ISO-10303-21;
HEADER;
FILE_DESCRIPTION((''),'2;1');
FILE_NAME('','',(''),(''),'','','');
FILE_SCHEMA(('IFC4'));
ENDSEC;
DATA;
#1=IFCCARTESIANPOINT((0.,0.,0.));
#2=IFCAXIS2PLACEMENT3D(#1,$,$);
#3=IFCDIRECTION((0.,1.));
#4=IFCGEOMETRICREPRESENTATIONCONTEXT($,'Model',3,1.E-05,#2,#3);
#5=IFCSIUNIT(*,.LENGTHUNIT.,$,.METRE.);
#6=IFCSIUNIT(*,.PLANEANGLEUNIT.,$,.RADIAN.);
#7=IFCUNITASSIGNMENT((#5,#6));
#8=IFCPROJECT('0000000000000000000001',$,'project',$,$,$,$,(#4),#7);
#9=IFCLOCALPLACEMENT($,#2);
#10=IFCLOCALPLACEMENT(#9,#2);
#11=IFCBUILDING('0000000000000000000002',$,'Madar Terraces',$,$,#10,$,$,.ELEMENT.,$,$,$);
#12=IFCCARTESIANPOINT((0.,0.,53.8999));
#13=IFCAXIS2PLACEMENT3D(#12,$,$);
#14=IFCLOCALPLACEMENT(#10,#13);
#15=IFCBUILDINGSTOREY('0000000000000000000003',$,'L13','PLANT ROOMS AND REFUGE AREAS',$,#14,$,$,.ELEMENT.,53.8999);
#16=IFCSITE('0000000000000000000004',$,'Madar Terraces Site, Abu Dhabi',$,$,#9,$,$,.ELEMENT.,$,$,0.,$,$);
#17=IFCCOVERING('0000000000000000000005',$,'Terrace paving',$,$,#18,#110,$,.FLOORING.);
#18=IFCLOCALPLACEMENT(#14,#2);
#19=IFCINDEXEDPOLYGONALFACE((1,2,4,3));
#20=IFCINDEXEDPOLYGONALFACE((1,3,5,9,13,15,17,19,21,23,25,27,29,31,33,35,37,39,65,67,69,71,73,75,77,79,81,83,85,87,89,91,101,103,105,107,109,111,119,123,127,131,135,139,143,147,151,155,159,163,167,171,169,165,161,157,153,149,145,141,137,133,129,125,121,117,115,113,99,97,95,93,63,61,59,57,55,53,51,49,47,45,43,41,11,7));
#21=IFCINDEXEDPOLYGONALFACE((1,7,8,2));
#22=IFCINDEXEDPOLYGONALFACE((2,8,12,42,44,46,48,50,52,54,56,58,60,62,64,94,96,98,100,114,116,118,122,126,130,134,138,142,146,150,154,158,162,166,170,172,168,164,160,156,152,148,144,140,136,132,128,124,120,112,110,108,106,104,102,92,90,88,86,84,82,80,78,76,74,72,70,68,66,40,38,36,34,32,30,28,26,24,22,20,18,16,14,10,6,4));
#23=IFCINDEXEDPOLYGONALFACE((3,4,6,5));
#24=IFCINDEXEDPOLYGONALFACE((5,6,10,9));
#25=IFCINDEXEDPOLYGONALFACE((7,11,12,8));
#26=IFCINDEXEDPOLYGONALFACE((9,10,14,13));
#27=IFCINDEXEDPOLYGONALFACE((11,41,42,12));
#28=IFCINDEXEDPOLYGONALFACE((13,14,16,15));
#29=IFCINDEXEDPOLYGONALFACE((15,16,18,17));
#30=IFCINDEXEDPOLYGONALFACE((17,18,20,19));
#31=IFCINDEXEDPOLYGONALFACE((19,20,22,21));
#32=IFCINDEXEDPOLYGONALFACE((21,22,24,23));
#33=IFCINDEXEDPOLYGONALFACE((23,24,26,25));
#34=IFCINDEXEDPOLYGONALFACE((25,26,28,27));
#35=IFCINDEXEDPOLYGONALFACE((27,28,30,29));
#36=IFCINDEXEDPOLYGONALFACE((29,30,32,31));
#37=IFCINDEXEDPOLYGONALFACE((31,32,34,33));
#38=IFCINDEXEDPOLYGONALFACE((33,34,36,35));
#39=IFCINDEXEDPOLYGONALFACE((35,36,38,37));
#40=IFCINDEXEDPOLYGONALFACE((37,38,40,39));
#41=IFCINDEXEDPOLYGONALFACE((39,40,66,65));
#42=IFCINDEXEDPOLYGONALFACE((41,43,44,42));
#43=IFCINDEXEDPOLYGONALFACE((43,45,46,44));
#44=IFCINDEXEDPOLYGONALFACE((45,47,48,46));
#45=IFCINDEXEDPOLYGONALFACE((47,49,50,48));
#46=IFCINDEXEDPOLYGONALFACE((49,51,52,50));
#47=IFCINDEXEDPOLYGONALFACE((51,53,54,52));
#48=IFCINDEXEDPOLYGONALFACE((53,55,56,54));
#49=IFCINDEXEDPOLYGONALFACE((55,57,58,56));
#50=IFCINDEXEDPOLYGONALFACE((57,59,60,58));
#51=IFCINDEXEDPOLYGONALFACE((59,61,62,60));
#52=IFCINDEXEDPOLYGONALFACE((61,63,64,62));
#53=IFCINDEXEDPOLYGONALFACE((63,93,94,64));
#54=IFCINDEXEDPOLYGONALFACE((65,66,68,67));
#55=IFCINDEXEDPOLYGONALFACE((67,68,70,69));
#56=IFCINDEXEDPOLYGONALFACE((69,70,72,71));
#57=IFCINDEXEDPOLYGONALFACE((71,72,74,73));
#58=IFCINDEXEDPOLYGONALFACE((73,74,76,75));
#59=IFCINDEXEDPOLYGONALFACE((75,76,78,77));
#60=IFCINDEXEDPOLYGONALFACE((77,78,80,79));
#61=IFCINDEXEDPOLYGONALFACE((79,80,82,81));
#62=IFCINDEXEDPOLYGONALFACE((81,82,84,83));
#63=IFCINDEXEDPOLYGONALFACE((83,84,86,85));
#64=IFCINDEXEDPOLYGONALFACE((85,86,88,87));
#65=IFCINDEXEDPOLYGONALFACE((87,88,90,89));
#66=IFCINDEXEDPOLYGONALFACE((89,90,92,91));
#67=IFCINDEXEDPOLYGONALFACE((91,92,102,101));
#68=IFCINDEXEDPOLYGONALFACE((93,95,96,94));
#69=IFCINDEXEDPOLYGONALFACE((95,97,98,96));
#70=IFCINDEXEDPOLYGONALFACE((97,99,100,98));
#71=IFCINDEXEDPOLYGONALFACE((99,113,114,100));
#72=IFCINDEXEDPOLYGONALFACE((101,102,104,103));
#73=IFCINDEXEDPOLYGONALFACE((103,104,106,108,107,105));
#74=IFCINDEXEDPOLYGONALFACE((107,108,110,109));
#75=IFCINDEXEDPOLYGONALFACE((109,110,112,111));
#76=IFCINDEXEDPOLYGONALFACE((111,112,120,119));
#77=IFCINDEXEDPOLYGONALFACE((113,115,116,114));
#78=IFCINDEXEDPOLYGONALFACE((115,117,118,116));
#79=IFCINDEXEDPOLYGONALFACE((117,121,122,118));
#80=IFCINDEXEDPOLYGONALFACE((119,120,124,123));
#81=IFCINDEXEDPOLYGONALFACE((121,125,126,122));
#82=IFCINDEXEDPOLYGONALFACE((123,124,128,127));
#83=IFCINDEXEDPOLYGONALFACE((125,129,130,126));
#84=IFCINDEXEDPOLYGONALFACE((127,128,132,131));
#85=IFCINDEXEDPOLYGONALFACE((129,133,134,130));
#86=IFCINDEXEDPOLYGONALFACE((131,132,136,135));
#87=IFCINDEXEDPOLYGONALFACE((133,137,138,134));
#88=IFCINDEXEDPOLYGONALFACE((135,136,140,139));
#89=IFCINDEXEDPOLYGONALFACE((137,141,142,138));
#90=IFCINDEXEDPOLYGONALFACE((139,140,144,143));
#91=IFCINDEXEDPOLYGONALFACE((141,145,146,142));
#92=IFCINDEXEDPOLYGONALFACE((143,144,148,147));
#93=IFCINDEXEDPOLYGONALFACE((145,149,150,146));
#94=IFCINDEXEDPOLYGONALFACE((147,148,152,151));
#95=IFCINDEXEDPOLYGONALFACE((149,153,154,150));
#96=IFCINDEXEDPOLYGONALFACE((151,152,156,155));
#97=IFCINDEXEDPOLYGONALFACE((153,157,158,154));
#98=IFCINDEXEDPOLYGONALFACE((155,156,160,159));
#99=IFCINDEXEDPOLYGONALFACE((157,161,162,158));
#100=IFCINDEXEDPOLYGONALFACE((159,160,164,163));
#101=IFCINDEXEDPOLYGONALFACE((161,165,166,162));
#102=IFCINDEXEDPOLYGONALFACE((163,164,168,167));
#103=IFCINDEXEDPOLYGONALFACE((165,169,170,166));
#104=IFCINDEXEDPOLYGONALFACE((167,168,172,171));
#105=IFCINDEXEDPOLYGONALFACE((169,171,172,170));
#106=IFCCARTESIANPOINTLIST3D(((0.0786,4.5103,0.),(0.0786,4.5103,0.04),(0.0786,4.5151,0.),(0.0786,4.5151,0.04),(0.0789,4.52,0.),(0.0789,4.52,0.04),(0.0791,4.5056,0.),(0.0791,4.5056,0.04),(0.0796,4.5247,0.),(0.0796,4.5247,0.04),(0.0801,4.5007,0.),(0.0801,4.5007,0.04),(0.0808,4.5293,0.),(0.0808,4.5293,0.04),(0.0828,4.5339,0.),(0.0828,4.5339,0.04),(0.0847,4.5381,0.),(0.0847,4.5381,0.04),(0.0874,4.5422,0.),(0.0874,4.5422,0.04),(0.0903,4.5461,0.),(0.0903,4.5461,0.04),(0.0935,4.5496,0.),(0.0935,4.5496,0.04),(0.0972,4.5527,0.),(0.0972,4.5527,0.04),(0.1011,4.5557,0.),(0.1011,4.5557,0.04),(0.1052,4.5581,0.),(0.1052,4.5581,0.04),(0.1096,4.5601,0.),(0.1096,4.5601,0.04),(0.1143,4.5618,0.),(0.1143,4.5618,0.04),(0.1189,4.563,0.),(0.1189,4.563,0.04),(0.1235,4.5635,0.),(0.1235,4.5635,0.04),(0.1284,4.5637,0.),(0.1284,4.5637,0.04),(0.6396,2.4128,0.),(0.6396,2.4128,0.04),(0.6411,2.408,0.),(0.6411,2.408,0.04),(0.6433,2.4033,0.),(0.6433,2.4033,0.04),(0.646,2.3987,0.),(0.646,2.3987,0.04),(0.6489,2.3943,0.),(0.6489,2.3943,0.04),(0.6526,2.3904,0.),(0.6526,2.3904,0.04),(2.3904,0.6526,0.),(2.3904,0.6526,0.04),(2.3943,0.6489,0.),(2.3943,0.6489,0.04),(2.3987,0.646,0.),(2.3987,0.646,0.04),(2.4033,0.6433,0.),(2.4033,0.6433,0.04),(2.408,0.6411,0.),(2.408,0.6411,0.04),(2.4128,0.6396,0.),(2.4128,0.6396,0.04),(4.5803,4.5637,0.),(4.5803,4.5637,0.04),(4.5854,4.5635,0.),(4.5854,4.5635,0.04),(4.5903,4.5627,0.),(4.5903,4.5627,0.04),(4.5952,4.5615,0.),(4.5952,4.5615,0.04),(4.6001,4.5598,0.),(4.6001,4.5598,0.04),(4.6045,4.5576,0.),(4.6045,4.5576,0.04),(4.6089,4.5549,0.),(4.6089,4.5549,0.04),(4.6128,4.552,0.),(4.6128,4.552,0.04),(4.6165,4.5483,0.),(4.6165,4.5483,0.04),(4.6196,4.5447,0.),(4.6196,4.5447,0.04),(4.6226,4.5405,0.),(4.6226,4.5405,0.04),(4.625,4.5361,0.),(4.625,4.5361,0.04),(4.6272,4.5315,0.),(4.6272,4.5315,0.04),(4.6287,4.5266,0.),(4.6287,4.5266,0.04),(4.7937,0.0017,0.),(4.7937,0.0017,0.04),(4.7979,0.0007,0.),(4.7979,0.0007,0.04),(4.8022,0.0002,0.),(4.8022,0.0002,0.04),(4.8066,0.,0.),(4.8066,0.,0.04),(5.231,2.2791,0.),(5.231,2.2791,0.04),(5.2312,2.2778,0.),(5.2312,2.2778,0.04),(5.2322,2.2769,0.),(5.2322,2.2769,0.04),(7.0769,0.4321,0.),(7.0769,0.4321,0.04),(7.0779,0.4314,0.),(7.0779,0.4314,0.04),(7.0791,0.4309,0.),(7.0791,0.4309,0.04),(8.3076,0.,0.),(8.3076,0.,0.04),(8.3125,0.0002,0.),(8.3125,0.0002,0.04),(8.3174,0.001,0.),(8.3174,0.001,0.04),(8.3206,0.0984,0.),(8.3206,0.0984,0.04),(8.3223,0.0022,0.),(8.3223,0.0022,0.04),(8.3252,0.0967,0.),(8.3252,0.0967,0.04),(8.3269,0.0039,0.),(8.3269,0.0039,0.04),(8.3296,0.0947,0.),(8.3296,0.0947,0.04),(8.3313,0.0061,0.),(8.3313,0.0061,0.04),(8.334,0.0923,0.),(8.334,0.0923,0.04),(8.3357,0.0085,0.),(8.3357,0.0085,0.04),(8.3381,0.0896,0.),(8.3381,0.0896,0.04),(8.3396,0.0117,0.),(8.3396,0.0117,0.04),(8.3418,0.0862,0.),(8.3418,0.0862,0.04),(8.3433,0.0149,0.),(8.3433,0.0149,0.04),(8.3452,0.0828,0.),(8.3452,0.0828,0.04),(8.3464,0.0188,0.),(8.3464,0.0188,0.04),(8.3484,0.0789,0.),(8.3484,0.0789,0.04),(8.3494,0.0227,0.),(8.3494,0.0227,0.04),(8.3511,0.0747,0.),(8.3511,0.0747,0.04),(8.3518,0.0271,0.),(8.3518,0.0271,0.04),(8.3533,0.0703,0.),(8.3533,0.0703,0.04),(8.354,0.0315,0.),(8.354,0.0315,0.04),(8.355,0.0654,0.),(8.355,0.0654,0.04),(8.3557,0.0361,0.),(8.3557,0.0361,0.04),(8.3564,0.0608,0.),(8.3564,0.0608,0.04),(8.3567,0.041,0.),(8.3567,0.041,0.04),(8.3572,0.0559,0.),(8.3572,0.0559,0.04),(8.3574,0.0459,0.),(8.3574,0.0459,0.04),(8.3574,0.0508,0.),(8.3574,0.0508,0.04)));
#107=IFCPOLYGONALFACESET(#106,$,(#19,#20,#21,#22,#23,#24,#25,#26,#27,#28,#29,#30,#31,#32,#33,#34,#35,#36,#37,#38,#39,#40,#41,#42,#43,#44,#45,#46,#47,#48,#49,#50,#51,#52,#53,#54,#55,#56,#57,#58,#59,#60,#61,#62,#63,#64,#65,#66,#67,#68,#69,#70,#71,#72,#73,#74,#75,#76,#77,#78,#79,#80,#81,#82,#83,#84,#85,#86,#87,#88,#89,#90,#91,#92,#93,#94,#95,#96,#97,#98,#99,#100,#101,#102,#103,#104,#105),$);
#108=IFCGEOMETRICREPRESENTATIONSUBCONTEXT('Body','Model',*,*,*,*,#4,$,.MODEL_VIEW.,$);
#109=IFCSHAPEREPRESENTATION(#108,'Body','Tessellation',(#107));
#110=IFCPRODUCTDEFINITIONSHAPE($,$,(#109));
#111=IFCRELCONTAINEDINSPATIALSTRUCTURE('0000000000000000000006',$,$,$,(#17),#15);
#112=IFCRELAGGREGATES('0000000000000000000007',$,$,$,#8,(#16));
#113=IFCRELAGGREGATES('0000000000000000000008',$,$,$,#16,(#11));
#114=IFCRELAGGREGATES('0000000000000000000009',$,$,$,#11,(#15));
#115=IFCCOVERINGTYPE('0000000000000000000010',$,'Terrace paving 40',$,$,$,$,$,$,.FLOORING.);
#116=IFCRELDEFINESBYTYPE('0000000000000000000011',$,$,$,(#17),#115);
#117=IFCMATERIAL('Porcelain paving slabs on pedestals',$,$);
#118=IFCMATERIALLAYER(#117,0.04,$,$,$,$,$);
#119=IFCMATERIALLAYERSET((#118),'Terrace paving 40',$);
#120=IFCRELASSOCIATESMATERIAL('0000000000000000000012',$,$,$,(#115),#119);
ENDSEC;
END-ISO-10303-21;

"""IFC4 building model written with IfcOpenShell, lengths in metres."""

from ifc_helpers import new_model, si_unit, direction, frame, origin, place, context, subcontext, project, spatial, polyline, outline, extrude, material, layer, layer_set, type_object, element, save


model = new_model("IFC4")

# Units and contexts
model_context = context("Model", 3, precision=1e-05, world=origin(), true_north=direction((0.0, 1.0)))
body_context = subcontext(model_context, "Body", "Model", "MODEL_VIEW")
ifc_project = project(units=[si_unit("LENGTHUNIT", "METRE"), si_unit("PLANEANGLEUNIT", "RADIAN")], contexts=[model_context])

# Site, building, storey
site_placement = place(None, origin())
site = spatial("IfcSite", under=ifc_project, at=site_placement, Name="Madar Terraces Site, Abu Dhabi", CompositionType="ELEMENT", RefElevation=0.0)
building_placement = place(site_placement, origin())
building = spatial("IfcBuilding", under=site, at=building_placement, Name="Madar Terraces", CompositionType="ELEMENT")
storey_placement = place(building_placement, frame((0.0, 0.0, 53.8999)))
storey = spatial("IfcBuildingStorey", under=building, at=storey_placement, Name="L13", Description="PLANT ROOMS AND REFUGE AREAS", CompositionType="ELEMENT", Elevation=53.8999)

# Covering
ifc_material_1 = material(Name="Porcelain paving slabs on pedestals")
ifc_layer_1 = layer(ifc_material_1, 0.04)
ifc_layer_set_1 = layer_set([ifc_layer_1], Name="Terrace paving 40")
covering_type = type_object("IfcCoveringType", Name="Terrace paving 40", PredefinedType="FLOORING", material=ifc_layer_set_1)
covering_1_placement = place(storey_placement, origin())
element("IfcCovering", 1, at=covering_1_placement, inside=storey, type_object=covering_type, Name="Terrace paving", PredefinedType="FLOORING", context=body_context, shape_type="SweptSolid", body=[
    extrude(outline(polyline([(2.4033, 0.6433), (2.3987, 0.646), (2.3943, 0.6489), (2.3904, 0.6526), (0.6526, 2.3904), (0.6489, 2.3943), (0.646, 2.3987), (0.6433, 2.4033), (0.6411, 2.408), (0.6396, 2.4128), (0.0801, 4.5007), (0.0791, 4.5056), (0.0786, 4.5103), (0.0786, 4.5151), (0.0789, 4.52), (0.0796, 4.5247), (0.0808, 4.5293), (0.0828, 4.5339), (0.0847, 4.5381), (0.0874, 4.5422), (0.0903, 4.5461), (0.0935, 4.5496), (0.0972, 4.5527), (0.1011, 4.5557), (0.1052, 4.5581), (0.1096, 4.5601), (0.1143, 4.5618), (0.1189, 4.563), (0.1235, 4.5635), (0.1284, 4.5637), (4.5803, 4.5637), (4.5854, 4.5635), (4.5903, 4.5627), (4.5952, 4.5615), (4.6001, 4.5598), (4.6045, 4.5576), (4.6089, 4.5549), (4.6128, 4.552), (4.6165, 4.5483), (4.6196, 4.5447), (4.6226, 4.5405), (4.625, 4.5361), (4.6272, 4.5315), (4.6287, 4.5266), (5.231, 2.2791), (5.2312, 2.2778), (5.2322, 2.2769), (7.0769, 0.4321), (7.0779, 0.4314), (7.0791, 0.4309), (8.3206, 0.0984), (8.3252, 0.0967), (8.3296, 0.0947), (8.334, 0.0923), (8.3381, 0.0896), (8.3418, 0.0862), (8.3452, 0.0828), (8.3484, 0.0789), (8.3511, 0.0747), (8.3533, 0.0703), (8.355, 0.0654), (8.3564, 0.0608), (8.3572, 0.0559), (8.3574, 0.0508), (8.3574, 0.0459), (8.3567, 0.041), (8.3557, 0.0361), (8.354, 0.0315), (8.3518, 0.0271), (8.3494, 0.0227), (8.3464, 0.0188), (8.3433, 0.0149), (8.3396, 0.0117), (8.3357, 0.0085), (8.3313, 0.0061), (8.3269, 0.0039), (8.3223, 0.0022), (8.3174, 0.001), (8.3125, 0.0002), (8.3076, 0.0), (4.8066, 0.0), (4.8022, 0.0002), (4.7979, 0.0007), (4.7937, 0.0017), (2.4128, 0.6396), (2.408, 0.6411), (2.4033, 0.6433)])), origin(), (0.0, 0.0, 1.0), 0.04),
])

save(model, "model.ifc")
